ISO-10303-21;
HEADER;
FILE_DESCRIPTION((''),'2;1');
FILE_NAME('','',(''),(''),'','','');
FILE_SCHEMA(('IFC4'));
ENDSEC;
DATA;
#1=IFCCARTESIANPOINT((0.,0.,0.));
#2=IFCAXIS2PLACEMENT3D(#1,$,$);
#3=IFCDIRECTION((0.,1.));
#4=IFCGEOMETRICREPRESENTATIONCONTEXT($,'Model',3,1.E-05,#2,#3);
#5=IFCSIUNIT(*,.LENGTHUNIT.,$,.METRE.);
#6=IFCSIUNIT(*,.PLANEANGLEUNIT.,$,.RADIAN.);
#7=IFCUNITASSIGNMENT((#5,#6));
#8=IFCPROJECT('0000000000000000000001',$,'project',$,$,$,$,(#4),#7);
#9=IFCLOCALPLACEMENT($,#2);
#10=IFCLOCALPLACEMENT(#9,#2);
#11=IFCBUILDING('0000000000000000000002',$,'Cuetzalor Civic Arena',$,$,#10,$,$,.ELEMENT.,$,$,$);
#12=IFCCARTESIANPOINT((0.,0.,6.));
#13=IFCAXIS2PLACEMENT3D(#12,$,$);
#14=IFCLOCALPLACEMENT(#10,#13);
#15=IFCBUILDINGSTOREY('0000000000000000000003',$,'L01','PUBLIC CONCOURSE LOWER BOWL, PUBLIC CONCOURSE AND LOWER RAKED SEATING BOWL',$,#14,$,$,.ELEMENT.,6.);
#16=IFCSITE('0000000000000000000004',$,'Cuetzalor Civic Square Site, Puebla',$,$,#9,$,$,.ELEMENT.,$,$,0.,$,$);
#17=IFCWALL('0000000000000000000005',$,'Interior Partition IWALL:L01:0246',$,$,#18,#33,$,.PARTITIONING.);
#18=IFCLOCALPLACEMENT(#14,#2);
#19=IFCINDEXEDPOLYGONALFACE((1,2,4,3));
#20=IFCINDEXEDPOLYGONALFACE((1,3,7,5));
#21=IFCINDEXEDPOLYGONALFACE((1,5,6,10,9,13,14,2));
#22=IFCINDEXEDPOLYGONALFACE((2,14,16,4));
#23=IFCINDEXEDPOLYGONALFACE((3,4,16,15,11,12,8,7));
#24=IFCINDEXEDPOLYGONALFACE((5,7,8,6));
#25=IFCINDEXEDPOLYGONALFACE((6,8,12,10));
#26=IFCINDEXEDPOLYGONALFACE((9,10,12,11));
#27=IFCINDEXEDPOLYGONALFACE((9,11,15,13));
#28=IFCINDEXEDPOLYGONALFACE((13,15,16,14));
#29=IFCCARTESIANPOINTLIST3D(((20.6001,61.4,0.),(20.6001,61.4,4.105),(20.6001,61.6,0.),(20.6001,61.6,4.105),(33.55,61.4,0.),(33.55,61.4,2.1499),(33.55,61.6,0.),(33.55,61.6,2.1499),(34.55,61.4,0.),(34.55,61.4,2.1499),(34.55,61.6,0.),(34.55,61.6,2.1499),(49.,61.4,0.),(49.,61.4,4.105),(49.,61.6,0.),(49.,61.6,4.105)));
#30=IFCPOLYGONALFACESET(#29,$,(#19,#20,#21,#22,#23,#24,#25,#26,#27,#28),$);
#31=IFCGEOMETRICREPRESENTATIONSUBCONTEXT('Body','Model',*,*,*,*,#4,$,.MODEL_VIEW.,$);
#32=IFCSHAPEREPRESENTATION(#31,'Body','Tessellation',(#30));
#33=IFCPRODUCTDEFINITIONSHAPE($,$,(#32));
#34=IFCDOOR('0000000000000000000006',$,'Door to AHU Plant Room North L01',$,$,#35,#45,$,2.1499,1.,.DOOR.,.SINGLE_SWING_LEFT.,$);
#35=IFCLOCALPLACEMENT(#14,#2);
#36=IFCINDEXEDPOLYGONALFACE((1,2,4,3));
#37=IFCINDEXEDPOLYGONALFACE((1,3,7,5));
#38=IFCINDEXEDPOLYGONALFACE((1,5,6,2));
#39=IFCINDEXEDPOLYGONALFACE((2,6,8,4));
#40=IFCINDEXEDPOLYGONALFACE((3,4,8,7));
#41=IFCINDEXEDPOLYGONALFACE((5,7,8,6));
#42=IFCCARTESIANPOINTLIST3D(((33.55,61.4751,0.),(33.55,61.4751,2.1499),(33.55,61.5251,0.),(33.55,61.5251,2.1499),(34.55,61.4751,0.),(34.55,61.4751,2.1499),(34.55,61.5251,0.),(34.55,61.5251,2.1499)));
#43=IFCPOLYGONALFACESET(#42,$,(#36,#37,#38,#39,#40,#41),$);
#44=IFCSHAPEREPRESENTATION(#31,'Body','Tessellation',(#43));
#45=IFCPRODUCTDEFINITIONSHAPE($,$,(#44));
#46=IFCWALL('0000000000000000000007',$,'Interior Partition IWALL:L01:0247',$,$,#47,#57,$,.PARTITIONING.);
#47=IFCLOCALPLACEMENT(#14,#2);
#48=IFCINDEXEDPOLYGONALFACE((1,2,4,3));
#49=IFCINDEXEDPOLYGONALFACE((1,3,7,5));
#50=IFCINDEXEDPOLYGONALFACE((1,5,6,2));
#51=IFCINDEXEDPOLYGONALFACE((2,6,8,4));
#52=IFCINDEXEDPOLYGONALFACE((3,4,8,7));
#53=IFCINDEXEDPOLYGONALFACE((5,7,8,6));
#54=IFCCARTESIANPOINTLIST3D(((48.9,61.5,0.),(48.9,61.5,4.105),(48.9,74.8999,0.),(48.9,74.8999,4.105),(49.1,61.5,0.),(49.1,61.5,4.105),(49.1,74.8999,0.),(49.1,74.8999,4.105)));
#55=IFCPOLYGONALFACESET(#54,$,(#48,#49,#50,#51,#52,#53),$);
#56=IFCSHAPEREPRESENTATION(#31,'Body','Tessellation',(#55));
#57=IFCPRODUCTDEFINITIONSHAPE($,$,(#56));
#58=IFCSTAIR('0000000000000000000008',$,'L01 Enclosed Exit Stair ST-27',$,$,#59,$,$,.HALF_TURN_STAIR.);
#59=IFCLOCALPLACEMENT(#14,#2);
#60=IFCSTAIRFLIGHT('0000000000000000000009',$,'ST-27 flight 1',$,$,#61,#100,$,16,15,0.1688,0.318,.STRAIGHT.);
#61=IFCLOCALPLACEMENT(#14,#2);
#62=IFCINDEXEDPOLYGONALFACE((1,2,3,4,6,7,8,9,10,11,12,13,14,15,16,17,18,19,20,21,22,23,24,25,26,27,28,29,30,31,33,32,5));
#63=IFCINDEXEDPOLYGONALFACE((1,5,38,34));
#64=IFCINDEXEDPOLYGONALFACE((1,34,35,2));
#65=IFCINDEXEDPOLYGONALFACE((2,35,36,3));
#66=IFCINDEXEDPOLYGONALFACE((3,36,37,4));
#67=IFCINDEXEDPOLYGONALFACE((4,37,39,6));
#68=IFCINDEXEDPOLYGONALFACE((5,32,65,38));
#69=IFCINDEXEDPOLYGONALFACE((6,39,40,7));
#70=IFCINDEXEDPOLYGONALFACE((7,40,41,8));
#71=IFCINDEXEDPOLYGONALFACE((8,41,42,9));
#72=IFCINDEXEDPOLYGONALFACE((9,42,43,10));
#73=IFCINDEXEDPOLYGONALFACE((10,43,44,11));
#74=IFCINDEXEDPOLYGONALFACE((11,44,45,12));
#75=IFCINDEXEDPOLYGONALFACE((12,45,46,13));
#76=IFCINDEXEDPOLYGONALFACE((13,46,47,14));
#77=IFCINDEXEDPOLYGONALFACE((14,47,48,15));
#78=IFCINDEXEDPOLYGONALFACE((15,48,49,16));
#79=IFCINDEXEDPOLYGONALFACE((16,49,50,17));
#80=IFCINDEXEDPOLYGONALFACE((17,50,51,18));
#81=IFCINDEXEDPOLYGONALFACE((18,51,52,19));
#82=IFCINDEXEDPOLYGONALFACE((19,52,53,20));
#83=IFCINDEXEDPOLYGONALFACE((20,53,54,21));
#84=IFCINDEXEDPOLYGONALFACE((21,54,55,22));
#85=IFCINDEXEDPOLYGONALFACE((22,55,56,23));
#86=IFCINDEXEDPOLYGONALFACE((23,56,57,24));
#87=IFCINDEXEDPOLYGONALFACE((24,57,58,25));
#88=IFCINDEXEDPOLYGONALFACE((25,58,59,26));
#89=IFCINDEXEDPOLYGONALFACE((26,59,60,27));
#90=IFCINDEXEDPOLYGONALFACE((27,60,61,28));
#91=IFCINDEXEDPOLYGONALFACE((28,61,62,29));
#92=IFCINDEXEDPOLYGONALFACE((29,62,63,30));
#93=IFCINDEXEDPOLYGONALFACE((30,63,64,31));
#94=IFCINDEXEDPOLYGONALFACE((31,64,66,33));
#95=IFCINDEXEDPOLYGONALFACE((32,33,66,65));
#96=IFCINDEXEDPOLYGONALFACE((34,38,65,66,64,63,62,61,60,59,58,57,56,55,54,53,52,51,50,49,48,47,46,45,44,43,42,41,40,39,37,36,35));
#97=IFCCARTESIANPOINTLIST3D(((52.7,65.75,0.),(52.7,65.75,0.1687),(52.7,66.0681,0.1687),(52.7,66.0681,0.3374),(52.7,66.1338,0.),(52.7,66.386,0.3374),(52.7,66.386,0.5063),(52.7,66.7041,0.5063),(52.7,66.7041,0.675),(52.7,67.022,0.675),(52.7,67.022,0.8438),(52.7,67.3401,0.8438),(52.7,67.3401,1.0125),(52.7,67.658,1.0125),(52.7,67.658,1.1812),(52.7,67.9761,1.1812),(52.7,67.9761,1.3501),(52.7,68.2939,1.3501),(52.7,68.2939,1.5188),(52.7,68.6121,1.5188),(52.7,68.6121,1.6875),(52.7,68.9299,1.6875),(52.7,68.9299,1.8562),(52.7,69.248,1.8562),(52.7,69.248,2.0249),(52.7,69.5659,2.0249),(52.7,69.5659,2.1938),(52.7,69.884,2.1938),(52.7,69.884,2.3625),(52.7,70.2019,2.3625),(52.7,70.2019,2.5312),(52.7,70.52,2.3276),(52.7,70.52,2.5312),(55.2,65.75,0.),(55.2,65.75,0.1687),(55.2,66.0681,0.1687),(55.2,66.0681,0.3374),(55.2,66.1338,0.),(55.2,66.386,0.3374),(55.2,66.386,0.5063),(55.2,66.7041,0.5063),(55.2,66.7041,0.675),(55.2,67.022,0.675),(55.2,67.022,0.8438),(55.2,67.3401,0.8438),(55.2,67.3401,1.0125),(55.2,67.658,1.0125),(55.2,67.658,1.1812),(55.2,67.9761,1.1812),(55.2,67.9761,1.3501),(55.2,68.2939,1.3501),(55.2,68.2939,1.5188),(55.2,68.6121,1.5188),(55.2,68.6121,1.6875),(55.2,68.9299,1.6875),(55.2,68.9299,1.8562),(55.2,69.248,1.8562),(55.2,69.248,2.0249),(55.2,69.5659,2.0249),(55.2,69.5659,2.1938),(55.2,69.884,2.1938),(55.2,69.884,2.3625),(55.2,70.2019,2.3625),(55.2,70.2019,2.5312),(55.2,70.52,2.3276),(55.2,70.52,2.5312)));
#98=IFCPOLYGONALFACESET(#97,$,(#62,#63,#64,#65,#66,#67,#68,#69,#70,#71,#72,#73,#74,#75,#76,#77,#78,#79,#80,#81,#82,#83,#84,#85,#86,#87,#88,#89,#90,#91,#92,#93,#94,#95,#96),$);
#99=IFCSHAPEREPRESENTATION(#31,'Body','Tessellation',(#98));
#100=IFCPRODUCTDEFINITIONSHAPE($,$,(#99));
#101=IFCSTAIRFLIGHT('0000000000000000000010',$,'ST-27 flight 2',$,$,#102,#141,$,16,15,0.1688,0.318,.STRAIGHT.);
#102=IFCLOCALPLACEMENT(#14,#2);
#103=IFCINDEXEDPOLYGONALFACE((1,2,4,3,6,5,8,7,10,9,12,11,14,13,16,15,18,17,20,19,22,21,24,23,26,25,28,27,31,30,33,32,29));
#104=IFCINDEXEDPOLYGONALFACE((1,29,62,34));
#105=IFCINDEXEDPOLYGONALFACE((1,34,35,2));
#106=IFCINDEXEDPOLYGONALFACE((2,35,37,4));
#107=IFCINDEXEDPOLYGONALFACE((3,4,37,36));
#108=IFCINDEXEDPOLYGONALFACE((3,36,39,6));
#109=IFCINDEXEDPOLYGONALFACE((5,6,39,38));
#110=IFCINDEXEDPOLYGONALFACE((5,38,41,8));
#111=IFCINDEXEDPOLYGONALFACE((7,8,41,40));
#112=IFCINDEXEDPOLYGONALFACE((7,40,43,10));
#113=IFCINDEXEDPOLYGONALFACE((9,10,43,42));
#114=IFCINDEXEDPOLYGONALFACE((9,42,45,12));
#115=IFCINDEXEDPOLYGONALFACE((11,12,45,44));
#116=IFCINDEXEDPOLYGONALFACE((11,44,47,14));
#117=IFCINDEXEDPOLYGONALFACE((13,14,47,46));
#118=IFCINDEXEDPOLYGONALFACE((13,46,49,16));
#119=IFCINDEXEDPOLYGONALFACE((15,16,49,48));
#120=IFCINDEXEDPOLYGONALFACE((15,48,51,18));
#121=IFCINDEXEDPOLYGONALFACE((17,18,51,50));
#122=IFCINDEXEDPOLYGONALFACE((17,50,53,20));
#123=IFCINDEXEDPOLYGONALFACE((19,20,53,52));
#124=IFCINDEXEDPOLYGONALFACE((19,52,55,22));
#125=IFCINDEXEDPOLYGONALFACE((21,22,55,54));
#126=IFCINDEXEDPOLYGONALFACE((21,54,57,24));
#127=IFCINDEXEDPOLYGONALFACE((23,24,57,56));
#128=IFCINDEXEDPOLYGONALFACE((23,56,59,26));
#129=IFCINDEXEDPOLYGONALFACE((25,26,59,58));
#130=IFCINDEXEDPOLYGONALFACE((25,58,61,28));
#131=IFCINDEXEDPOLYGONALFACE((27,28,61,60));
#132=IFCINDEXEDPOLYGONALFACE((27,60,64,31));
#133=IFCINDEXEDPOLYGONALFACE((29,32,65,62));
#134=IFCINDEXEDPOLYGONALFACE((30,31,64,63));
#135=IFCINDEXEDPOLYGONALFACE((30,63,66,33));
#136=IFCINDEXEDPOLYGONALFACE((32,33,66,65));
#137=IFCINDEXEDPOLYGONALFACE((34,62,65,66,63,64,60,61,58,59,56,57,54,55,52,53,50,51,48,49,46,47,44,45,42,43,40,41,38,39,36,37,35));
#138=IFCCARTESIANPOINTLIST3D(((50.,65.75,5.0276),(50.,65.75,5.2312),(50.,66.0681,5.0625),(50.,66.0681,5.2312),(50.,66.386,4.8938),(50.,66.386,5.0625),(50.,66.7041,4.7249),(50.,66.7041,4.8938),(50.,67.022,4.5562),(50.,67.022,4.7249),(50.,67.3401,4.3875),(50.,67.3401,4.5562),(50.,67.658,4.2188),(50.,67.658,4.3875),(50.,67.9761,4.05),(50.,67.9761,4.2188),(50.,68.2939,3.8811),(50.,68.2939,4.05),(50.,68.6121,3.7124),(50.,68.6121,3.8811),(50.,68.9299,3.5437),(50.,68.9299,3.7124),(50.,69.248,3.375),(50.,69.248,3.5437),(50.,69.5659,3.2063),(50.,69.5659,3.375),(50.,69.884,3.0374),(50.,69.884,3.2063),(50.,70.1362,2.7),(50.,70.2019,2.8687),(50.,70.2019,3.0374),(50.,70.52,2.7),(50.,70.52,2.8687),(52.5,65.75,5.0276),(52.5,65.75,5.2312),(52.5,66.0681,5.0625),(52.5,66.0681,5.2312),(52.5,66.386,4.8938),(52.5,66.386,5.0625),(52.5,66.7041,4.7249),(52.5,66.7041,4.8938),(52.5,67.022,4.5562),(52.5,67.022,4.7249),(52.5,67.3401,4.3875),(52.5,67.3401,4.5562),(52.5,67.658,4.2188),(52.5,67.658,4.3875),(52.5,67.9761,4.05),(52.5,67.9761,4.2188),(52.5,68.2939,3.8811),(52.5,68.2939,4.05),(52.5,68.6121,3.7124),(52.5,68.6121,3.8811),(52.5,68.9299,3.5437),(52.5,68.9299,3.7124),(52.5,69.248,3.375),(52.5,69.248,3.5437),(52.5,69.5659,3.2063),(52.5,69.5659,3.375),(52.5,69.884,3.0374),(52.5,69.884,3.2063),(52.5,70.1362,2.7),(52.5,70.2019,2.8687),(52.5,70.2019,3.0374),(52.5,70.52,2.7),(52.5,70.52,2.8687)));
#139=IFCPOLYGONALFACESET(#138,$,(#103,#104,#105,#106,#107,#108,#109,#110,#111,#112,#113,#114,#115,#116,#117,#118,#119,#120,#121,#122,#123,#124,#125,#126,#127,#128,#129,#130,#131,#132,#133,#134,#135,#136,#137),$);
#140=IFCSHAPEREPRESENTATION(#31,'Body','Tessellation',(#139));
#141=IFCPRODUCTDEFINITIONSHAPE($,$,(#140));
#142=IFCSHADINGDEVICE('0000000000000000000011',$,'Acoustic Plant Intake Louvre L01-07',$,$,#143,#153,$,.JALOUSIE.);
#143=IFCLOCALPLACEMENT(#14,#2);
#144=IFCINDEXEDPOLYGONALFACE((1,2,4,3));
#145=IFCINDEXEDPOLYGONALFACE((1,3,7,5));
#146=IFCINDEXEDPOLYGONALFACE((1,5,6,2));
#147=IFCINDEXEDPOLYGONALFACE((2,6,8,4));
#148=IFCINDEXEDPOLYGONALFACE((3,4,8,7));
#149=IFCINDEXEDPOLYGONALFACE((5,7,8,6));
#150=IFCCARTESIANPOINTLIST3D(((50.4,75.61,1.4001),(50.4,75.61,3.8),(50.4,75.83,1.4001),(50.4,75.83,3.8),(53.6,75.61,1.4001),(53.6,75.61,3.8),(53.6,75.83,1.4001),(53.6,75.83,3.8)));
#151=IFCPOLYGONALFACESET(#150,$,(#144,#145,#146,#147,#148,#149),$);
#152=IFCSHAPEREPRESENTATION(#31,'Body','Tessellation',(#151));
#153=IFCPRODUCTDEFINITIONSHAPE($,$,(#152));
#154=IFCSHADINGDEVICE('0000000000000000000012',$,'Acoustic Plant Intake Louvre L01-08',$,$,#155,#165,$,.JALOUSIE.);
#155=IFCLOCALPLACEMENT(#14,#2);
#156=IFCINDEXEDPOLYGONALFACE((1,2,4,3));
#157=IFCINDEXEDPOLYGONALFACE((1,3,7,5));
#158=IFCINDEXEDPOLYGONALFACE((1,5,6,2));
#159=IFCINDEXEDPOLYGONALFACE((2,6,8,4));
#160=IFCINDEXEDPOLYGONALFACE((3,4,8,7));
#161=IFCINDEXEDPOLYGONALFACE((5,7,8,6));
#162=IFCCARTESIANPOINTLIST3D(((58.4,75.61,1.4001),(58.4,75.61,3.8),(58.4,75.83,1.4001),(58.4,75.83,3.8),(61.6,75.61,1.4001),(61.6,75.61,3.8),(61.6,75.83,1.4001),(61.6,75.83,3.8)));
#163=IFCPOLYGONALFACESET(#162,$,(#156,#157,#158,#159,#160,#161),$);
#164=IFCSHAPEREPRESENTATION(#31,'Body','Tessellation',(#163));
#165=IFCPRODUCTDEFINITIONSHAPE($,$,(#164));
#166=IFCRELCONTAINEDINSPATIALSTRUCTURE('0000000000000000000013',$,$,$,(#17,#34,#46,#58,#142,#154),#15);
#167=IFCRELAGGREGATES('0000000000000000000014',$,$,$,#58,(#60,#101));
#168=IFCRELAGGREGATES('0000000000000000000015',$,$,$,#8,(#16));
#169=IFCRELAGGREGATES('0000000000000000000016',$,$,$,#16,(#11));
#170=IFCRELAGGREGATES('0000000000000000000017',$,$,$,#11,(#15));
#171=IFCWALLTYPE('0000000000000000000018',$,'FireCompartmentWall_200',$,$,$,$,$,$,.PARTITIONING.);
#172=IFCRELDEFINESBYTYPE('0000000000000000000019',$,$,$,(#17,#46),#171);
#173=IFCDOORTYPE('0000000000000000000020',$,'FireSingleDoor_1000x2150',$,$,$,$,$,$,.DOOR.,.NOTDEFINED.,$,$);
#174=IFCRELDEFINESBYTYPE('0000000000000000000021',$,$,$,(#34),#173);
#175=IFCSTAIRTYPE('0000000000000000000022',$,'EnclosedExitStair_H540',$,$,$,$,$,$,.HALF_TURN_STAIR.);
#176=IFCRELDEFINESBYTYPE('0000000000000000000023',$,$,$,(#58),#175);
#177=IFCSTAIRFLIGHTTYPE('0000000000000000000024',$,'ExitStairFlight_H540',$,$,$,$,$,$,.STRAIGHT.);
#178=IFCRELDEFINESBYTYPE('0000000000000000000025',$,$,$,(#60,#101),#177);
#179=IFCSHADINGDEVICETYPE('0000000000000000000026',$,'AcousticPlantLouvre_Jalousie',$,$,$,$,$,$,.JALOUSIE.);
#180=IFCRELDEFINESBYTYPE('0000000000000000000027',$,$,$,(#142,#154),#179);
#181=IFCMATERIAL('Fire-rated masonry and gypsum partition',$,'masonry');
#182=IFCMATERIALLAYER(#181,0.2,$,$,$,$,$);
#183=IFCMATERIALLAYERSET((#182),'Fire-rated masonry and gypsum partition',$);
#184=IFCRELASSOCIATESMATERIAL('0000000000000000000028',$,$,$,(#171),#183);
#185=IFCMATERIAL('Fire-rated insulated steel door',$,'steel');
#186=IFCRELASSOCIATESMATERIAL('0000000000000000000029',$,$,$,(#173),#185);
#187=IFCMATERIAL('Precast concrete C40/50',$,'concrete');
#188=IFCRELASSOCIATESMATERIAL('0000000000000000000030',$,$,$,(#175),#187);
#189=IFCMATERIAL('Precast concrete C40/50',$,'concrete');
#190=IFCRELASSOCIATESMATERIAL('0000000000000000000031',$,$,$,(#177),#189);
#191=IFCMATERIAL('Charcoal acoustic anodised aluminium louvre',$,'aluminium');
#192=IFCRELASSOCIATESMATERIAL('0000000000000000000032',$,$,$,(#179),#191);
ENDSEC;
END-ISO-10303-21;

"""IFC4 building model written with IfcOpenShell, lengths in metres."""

from ifc_helpers import new_model, si_unit, direction, frame, frame_2d, origin, origin_2d, place, context, subcontext, project, spatial, polyline, rectangle, outline, extrude, material, layer, layer_set, type_object, element, fill, aggregate, save


model = new_model("IFC4")

# Units and contexts
model_context = context("Model", 3, precision=1e-05, world=origin(), true_north=direction((0.0, 1.0)))
body_context = subcontext(model_context, "Body", "Model", "MODEL_VIEW")
ifc_project = project(units=[si_unit("LENGTHUNIT", "METRE"), si_unit("PLANEANGLEUNIT", "RADIAN")], contexts=[model_context])

# Site, building, storey
site_placement = place(None, origin())
site = spatial("IfcSite", under=ifc_project, at=site_placement, Name="Cuetzalor Civic Square Site, Puebla", CompositionType="ELEMENT", RefElevation=0.0)
building_placement = place(site_placement, origin())
building = spatial("IfcBuilding", under=site, at=building_placement, Name="Cuetzalor Civic Arena", CompositionType="ELEMENT")
storey_placement = place(building_placement, frame((0.0, 0.0, 6.0)))
storey = spatial("IfcBuildingStorey", under=building, at=storey_placement, Name="L01", Description="PUBLIC CONCOURSE LOWER BOWL, PUBLIC CONCOURSE AND LOWER RAKED SEATING BOWL", CompositionType="ELEMENT", Elevation=6.0)

# Wall, opening, door
ifc_material_1 = material(Name="Fire-rated masonry and gypsum partition", Category="masonry")
ifc_layer_1 = layer(ifc_material_1, 0.2)
ifc_layer_set_1 = layer_set([ifc_layer_1], Name="Fire-rated masonry and gypsum partition")
wall_type_1 = type_object("IfcWallType", Name="FireCompartmentWall_200", PredefinedType="PARTITIONING", material=ifc_layer_set_1)
wall_1_placement = place(storey_placement, frame((49.0, 61.5, 0.0), z_axis=(0.0, 0.0, 1.0), x_axis=(-1.0, 0.0, 0.0)))
wall_1 = element("IfcWall", 1, at=wall_1_placement, inside=storey, type_object=wall_type_1, Name="Interior Partition IWALL:L01:0246", PredefinedType="PARTITIONING", context=body_context, shape_type="SweptSolid", body=[
    extrude(rectangle(XDim=28.3999, YDim=0.2, at=frame_2d((14.2, 0.0))), origin(), (0.0, 0.0, 1.0), 4.105),
])
opening_1_placement = place(wall_1_placement, frame((14.45, 0.0, 0.0)))
opening_1 = element("IfcOpeningElement", 2, at=opening_1_placement, cuts=wall_1, PredefinedType="OPENING", context=body_context, shape_type="SweptSolid", body=[
    extrude(rectangle(XDim=1.0, YDim=2.1499, at=frame_2d((0.5, 1.075))), frame((0.0, 0.1099, 0.0), z_axis=(0.0, -1.0, 0.0), x_axis=(1.0, 0.0, 0.0)), (0.0, 0.0, 1.0), 0.22),
])
ifc_material_2 = material(Name="Fire-rated insulated steel door", Category="steel")
door_type_1 = type_object("IfcDoorType", Name="FireSingleDoor_1000x2150", OperationType="NOTDEFINED", PredefinedType="DOOR", material=ifc_material_2)
door_1_placement = place(opening_1_placement, origin())
door_1 = element("IfcDoor", 3, at=door_1_placement, inside=storey, type_object=door_type_1, Name="Door to AHU Plant Room North L01", OperationType="SINGLE_SWING_LEFT", OverallHeight=2.1499, OverallWidth=1.0, PredefinedType="DOOR", context=body_context, shape_type="SweptSolid", body=[
    extrude(rectangle(XDim=1.0, YDim=2.1499, at=frame_2d((0.5, 1.075))), frame((0.0, 0.0249, 0.0), z_axis=(0.0, -1.0, 0.0), x_axis=(1.0, 0.0, 0.0)), (0.0, 0.0, 1.0), 0.05),
])
fill(opening_1, door_1)

# Wall
wall_2_placement = place(storey_placement, frame((49.0, 74.8999, 0.0), z_axis=(0.0, 0.0, 1.0), x_axis=(0.0, -1.0, 0.0)))
element("IfcWall", 4, at=wall_2_placement, inside=storey, type_object=wall_type_1, Name="Interior Partition IWALL:L01:0247", PredefinedType="PARTITIONING", context=body_context, shape_type="SweptSolid", body=[
    extrude(rectangle(XDim=13.3999, YDim=0.2, at=frame_2d((6.7, 0.0))), origin(), (0.0, 0.0, 1.0), 4.105),
])

# Stair, stair flights
ifc_material_3 = material(Name="Precast concrete C40/50", Category="concrete")
stair_type = type_object("IfcStairType", Name="EnclosedExitStair_H540", PredefinedType="HALF_TURN_STAIR", material=ifc_material_3)
stair_placement = place(storey_placement, origin())
stair = element("IfcStair", 5, at=stair_placement, inside=storey, type_object=stair_type, Name="L01 Enclosed Exit Stair ST-27", PredefinedType="HALF_TURN_STAIR")
ifc_material_4 = material(Name="Precast concrete C40/50", Category="concrete")
stair_flight_type = type_object("IfcStairFlightType", Name="ExitStairFlight_H540", PredefinedType="STRAIGHT", material=ifc_material_4)
stair_flight_1_placement = place(storey_placement, frame((53.95, 65.75, 0.0), z_axis=(0.0, 0.0, 1.0), x_axis=(0.0, 1.0, 0.0)))
stair_flight_1 = element("IfcStairFlight", 6, at=stair_flight_1_placement, type_object=stair_flight_type, Name="ST-27 flight 1", NumberOfRisers=16, NumberOfTreads=15, PredefinedType="STRAIGHT", RiserHeight=0.1688, TreadLength=0.318, context=body_context, shape_type="SweptSolid", body=[
    extrude(outline(polyline([(0.0, 0.0), (0.0, 0.1687), (0.3181, 0.1687), (0.3181, 0.3374), (0.636, 0.3374), (0.636, 0.5063), (0.9541, 0.5063), (0.9541, 0.675), (1.272, 0.675), (1.272, 0.8438), (1.5901, 0.8438), (1.5901, 1.0125), (1.908, 1.0125), (1.908, 1.1812), (2.2261, 1.1812), (2.2261, 1.3501), (2.5439, 1.3501), (2.5439, 1.5188), (2.8621, 1.5188), (2.8621, 1.6875), (3.1799, 1.6875), (3.1799, 1.8562), (3.498, 1.8562), (3.498, 2.0249), (3.8159, 2.0249), (3.8159, 2.1938), (4.134, 2.1938), (4.134, 2.3625), (4.4519, 2.3625), (4.4519, 2.5312), (4.77, 2.5312), (4.77, 2.7), (4.77, 2.3276), (0.3838, 0.0), (0.0, 0.0)])), frame((0.0, 1.25, 0.0), z_axis=(0.0, -1.0, 0.0), x_axis=(1.0, 0.0, 0.0)), (0.0, 0.0, 1.0), 2.5),
])
stair_flight_2_placement = place(storey_placement, frame((51.25, 70.52, 2.7), z_axis=(0.0, 0.0, 1.0), x_axis=(0.0, -1.0, 0.0)))
stair_flight_2 = element("IfcStairFlight", 7, at=stair_flight_2_placement, type_object=stair_flight_type, Name="ST-27 flight 2", NumberOfRisers=16, NumberOfTreads=15, PredefinedType="STRAIGHT", RiserHeight=0.1688, TreadLength=0.318, context=body_context, shape_type="SweptSolid", body=[
    extrude(outline(polyline([(0.0, 0.0), (0.0, 0.1687), (0.3181, 0.1687), (0.3181, 0.3374), (0.636, 0.3374), (0.636, 0.5063), (0.9541, 0.5063), (0.9541, 0.675), (1.272, 0.675), (1.272, 0.8438), (1.5901, 0.8438), (1.5901, 1.0125), (1.908, 1.0125), (1.908, 1.1812), (2.2261, 1.1812), (2.2261, 1.3501), (2.5439, 1.3501), (2.5439, 1.5188), (2.8621, 1.5188), (2.8621, 1.6875), (3.1799, 1.6875), (3.1799, 1.8562), (3.498, 1.8562), (3.498, 2.0249), (3.8159, 2.0249), (3.8159, 2.1938), (4.134, 2.1938), (4.134, 2.3625), (4.4519, 2.3625), (4.4519, 2.5312), (4.77, 2.5312), (4.77, 2.7), (4.77, 2.3276), (0.3838, 0.0), (0.0, 0.0)])), frame((0.0, 1.25, 0.0), z_axis=(0.0, -1.0, 0.0), x_axis=(1.0, 0.0, 0.0)), (0.0, 0.0, 1.0), 2.5),
])
aggregate(stair, [stair_flight_1, stair_flight_2])

# Shading devices
ifc_material_5 = material(Name="Charcoal acoustic anodised aluminium louvre", Category="aluminium")
shading_device_type = type_object("IfcShadingDeviceType", Name="AcousticPlantLouvre_Jalousie", PredefinedType="JALOUSIE", material=ifc_material_5)
for number, where, z_axis, x_axis, name in (
    (8, (52.0, 75.72, 1.4001), (0.0, 0.0, 1.0), (1.0, 0.0, 0.0), "Acoustic Plant Intake Louvre L01-07"),
    (9, (60.0, 75.72, 1.4001), (0.0, 0.0, 1.0), (1.0, 0.0, 0.0), "Acoustic Plant Intake Louvre L01-08"),
):
    element("IfcShadingDevice", number, at=place(storey_placement, frame(where, z_axis=z_axis, x_axis=x_axis)), inside=storey, type_object=shading_device_type, Name=name, PredefinedType="JALOUSIE", context=body_context, shape_type="SweptSolid", body=[
        extrude(rectangle(XDim=3.2, YDim=0.22, at=origin_2d()), origin(), (0.0, 0.0, 1.0), 2.3999),
    ])

save(model, "model.ifc")
